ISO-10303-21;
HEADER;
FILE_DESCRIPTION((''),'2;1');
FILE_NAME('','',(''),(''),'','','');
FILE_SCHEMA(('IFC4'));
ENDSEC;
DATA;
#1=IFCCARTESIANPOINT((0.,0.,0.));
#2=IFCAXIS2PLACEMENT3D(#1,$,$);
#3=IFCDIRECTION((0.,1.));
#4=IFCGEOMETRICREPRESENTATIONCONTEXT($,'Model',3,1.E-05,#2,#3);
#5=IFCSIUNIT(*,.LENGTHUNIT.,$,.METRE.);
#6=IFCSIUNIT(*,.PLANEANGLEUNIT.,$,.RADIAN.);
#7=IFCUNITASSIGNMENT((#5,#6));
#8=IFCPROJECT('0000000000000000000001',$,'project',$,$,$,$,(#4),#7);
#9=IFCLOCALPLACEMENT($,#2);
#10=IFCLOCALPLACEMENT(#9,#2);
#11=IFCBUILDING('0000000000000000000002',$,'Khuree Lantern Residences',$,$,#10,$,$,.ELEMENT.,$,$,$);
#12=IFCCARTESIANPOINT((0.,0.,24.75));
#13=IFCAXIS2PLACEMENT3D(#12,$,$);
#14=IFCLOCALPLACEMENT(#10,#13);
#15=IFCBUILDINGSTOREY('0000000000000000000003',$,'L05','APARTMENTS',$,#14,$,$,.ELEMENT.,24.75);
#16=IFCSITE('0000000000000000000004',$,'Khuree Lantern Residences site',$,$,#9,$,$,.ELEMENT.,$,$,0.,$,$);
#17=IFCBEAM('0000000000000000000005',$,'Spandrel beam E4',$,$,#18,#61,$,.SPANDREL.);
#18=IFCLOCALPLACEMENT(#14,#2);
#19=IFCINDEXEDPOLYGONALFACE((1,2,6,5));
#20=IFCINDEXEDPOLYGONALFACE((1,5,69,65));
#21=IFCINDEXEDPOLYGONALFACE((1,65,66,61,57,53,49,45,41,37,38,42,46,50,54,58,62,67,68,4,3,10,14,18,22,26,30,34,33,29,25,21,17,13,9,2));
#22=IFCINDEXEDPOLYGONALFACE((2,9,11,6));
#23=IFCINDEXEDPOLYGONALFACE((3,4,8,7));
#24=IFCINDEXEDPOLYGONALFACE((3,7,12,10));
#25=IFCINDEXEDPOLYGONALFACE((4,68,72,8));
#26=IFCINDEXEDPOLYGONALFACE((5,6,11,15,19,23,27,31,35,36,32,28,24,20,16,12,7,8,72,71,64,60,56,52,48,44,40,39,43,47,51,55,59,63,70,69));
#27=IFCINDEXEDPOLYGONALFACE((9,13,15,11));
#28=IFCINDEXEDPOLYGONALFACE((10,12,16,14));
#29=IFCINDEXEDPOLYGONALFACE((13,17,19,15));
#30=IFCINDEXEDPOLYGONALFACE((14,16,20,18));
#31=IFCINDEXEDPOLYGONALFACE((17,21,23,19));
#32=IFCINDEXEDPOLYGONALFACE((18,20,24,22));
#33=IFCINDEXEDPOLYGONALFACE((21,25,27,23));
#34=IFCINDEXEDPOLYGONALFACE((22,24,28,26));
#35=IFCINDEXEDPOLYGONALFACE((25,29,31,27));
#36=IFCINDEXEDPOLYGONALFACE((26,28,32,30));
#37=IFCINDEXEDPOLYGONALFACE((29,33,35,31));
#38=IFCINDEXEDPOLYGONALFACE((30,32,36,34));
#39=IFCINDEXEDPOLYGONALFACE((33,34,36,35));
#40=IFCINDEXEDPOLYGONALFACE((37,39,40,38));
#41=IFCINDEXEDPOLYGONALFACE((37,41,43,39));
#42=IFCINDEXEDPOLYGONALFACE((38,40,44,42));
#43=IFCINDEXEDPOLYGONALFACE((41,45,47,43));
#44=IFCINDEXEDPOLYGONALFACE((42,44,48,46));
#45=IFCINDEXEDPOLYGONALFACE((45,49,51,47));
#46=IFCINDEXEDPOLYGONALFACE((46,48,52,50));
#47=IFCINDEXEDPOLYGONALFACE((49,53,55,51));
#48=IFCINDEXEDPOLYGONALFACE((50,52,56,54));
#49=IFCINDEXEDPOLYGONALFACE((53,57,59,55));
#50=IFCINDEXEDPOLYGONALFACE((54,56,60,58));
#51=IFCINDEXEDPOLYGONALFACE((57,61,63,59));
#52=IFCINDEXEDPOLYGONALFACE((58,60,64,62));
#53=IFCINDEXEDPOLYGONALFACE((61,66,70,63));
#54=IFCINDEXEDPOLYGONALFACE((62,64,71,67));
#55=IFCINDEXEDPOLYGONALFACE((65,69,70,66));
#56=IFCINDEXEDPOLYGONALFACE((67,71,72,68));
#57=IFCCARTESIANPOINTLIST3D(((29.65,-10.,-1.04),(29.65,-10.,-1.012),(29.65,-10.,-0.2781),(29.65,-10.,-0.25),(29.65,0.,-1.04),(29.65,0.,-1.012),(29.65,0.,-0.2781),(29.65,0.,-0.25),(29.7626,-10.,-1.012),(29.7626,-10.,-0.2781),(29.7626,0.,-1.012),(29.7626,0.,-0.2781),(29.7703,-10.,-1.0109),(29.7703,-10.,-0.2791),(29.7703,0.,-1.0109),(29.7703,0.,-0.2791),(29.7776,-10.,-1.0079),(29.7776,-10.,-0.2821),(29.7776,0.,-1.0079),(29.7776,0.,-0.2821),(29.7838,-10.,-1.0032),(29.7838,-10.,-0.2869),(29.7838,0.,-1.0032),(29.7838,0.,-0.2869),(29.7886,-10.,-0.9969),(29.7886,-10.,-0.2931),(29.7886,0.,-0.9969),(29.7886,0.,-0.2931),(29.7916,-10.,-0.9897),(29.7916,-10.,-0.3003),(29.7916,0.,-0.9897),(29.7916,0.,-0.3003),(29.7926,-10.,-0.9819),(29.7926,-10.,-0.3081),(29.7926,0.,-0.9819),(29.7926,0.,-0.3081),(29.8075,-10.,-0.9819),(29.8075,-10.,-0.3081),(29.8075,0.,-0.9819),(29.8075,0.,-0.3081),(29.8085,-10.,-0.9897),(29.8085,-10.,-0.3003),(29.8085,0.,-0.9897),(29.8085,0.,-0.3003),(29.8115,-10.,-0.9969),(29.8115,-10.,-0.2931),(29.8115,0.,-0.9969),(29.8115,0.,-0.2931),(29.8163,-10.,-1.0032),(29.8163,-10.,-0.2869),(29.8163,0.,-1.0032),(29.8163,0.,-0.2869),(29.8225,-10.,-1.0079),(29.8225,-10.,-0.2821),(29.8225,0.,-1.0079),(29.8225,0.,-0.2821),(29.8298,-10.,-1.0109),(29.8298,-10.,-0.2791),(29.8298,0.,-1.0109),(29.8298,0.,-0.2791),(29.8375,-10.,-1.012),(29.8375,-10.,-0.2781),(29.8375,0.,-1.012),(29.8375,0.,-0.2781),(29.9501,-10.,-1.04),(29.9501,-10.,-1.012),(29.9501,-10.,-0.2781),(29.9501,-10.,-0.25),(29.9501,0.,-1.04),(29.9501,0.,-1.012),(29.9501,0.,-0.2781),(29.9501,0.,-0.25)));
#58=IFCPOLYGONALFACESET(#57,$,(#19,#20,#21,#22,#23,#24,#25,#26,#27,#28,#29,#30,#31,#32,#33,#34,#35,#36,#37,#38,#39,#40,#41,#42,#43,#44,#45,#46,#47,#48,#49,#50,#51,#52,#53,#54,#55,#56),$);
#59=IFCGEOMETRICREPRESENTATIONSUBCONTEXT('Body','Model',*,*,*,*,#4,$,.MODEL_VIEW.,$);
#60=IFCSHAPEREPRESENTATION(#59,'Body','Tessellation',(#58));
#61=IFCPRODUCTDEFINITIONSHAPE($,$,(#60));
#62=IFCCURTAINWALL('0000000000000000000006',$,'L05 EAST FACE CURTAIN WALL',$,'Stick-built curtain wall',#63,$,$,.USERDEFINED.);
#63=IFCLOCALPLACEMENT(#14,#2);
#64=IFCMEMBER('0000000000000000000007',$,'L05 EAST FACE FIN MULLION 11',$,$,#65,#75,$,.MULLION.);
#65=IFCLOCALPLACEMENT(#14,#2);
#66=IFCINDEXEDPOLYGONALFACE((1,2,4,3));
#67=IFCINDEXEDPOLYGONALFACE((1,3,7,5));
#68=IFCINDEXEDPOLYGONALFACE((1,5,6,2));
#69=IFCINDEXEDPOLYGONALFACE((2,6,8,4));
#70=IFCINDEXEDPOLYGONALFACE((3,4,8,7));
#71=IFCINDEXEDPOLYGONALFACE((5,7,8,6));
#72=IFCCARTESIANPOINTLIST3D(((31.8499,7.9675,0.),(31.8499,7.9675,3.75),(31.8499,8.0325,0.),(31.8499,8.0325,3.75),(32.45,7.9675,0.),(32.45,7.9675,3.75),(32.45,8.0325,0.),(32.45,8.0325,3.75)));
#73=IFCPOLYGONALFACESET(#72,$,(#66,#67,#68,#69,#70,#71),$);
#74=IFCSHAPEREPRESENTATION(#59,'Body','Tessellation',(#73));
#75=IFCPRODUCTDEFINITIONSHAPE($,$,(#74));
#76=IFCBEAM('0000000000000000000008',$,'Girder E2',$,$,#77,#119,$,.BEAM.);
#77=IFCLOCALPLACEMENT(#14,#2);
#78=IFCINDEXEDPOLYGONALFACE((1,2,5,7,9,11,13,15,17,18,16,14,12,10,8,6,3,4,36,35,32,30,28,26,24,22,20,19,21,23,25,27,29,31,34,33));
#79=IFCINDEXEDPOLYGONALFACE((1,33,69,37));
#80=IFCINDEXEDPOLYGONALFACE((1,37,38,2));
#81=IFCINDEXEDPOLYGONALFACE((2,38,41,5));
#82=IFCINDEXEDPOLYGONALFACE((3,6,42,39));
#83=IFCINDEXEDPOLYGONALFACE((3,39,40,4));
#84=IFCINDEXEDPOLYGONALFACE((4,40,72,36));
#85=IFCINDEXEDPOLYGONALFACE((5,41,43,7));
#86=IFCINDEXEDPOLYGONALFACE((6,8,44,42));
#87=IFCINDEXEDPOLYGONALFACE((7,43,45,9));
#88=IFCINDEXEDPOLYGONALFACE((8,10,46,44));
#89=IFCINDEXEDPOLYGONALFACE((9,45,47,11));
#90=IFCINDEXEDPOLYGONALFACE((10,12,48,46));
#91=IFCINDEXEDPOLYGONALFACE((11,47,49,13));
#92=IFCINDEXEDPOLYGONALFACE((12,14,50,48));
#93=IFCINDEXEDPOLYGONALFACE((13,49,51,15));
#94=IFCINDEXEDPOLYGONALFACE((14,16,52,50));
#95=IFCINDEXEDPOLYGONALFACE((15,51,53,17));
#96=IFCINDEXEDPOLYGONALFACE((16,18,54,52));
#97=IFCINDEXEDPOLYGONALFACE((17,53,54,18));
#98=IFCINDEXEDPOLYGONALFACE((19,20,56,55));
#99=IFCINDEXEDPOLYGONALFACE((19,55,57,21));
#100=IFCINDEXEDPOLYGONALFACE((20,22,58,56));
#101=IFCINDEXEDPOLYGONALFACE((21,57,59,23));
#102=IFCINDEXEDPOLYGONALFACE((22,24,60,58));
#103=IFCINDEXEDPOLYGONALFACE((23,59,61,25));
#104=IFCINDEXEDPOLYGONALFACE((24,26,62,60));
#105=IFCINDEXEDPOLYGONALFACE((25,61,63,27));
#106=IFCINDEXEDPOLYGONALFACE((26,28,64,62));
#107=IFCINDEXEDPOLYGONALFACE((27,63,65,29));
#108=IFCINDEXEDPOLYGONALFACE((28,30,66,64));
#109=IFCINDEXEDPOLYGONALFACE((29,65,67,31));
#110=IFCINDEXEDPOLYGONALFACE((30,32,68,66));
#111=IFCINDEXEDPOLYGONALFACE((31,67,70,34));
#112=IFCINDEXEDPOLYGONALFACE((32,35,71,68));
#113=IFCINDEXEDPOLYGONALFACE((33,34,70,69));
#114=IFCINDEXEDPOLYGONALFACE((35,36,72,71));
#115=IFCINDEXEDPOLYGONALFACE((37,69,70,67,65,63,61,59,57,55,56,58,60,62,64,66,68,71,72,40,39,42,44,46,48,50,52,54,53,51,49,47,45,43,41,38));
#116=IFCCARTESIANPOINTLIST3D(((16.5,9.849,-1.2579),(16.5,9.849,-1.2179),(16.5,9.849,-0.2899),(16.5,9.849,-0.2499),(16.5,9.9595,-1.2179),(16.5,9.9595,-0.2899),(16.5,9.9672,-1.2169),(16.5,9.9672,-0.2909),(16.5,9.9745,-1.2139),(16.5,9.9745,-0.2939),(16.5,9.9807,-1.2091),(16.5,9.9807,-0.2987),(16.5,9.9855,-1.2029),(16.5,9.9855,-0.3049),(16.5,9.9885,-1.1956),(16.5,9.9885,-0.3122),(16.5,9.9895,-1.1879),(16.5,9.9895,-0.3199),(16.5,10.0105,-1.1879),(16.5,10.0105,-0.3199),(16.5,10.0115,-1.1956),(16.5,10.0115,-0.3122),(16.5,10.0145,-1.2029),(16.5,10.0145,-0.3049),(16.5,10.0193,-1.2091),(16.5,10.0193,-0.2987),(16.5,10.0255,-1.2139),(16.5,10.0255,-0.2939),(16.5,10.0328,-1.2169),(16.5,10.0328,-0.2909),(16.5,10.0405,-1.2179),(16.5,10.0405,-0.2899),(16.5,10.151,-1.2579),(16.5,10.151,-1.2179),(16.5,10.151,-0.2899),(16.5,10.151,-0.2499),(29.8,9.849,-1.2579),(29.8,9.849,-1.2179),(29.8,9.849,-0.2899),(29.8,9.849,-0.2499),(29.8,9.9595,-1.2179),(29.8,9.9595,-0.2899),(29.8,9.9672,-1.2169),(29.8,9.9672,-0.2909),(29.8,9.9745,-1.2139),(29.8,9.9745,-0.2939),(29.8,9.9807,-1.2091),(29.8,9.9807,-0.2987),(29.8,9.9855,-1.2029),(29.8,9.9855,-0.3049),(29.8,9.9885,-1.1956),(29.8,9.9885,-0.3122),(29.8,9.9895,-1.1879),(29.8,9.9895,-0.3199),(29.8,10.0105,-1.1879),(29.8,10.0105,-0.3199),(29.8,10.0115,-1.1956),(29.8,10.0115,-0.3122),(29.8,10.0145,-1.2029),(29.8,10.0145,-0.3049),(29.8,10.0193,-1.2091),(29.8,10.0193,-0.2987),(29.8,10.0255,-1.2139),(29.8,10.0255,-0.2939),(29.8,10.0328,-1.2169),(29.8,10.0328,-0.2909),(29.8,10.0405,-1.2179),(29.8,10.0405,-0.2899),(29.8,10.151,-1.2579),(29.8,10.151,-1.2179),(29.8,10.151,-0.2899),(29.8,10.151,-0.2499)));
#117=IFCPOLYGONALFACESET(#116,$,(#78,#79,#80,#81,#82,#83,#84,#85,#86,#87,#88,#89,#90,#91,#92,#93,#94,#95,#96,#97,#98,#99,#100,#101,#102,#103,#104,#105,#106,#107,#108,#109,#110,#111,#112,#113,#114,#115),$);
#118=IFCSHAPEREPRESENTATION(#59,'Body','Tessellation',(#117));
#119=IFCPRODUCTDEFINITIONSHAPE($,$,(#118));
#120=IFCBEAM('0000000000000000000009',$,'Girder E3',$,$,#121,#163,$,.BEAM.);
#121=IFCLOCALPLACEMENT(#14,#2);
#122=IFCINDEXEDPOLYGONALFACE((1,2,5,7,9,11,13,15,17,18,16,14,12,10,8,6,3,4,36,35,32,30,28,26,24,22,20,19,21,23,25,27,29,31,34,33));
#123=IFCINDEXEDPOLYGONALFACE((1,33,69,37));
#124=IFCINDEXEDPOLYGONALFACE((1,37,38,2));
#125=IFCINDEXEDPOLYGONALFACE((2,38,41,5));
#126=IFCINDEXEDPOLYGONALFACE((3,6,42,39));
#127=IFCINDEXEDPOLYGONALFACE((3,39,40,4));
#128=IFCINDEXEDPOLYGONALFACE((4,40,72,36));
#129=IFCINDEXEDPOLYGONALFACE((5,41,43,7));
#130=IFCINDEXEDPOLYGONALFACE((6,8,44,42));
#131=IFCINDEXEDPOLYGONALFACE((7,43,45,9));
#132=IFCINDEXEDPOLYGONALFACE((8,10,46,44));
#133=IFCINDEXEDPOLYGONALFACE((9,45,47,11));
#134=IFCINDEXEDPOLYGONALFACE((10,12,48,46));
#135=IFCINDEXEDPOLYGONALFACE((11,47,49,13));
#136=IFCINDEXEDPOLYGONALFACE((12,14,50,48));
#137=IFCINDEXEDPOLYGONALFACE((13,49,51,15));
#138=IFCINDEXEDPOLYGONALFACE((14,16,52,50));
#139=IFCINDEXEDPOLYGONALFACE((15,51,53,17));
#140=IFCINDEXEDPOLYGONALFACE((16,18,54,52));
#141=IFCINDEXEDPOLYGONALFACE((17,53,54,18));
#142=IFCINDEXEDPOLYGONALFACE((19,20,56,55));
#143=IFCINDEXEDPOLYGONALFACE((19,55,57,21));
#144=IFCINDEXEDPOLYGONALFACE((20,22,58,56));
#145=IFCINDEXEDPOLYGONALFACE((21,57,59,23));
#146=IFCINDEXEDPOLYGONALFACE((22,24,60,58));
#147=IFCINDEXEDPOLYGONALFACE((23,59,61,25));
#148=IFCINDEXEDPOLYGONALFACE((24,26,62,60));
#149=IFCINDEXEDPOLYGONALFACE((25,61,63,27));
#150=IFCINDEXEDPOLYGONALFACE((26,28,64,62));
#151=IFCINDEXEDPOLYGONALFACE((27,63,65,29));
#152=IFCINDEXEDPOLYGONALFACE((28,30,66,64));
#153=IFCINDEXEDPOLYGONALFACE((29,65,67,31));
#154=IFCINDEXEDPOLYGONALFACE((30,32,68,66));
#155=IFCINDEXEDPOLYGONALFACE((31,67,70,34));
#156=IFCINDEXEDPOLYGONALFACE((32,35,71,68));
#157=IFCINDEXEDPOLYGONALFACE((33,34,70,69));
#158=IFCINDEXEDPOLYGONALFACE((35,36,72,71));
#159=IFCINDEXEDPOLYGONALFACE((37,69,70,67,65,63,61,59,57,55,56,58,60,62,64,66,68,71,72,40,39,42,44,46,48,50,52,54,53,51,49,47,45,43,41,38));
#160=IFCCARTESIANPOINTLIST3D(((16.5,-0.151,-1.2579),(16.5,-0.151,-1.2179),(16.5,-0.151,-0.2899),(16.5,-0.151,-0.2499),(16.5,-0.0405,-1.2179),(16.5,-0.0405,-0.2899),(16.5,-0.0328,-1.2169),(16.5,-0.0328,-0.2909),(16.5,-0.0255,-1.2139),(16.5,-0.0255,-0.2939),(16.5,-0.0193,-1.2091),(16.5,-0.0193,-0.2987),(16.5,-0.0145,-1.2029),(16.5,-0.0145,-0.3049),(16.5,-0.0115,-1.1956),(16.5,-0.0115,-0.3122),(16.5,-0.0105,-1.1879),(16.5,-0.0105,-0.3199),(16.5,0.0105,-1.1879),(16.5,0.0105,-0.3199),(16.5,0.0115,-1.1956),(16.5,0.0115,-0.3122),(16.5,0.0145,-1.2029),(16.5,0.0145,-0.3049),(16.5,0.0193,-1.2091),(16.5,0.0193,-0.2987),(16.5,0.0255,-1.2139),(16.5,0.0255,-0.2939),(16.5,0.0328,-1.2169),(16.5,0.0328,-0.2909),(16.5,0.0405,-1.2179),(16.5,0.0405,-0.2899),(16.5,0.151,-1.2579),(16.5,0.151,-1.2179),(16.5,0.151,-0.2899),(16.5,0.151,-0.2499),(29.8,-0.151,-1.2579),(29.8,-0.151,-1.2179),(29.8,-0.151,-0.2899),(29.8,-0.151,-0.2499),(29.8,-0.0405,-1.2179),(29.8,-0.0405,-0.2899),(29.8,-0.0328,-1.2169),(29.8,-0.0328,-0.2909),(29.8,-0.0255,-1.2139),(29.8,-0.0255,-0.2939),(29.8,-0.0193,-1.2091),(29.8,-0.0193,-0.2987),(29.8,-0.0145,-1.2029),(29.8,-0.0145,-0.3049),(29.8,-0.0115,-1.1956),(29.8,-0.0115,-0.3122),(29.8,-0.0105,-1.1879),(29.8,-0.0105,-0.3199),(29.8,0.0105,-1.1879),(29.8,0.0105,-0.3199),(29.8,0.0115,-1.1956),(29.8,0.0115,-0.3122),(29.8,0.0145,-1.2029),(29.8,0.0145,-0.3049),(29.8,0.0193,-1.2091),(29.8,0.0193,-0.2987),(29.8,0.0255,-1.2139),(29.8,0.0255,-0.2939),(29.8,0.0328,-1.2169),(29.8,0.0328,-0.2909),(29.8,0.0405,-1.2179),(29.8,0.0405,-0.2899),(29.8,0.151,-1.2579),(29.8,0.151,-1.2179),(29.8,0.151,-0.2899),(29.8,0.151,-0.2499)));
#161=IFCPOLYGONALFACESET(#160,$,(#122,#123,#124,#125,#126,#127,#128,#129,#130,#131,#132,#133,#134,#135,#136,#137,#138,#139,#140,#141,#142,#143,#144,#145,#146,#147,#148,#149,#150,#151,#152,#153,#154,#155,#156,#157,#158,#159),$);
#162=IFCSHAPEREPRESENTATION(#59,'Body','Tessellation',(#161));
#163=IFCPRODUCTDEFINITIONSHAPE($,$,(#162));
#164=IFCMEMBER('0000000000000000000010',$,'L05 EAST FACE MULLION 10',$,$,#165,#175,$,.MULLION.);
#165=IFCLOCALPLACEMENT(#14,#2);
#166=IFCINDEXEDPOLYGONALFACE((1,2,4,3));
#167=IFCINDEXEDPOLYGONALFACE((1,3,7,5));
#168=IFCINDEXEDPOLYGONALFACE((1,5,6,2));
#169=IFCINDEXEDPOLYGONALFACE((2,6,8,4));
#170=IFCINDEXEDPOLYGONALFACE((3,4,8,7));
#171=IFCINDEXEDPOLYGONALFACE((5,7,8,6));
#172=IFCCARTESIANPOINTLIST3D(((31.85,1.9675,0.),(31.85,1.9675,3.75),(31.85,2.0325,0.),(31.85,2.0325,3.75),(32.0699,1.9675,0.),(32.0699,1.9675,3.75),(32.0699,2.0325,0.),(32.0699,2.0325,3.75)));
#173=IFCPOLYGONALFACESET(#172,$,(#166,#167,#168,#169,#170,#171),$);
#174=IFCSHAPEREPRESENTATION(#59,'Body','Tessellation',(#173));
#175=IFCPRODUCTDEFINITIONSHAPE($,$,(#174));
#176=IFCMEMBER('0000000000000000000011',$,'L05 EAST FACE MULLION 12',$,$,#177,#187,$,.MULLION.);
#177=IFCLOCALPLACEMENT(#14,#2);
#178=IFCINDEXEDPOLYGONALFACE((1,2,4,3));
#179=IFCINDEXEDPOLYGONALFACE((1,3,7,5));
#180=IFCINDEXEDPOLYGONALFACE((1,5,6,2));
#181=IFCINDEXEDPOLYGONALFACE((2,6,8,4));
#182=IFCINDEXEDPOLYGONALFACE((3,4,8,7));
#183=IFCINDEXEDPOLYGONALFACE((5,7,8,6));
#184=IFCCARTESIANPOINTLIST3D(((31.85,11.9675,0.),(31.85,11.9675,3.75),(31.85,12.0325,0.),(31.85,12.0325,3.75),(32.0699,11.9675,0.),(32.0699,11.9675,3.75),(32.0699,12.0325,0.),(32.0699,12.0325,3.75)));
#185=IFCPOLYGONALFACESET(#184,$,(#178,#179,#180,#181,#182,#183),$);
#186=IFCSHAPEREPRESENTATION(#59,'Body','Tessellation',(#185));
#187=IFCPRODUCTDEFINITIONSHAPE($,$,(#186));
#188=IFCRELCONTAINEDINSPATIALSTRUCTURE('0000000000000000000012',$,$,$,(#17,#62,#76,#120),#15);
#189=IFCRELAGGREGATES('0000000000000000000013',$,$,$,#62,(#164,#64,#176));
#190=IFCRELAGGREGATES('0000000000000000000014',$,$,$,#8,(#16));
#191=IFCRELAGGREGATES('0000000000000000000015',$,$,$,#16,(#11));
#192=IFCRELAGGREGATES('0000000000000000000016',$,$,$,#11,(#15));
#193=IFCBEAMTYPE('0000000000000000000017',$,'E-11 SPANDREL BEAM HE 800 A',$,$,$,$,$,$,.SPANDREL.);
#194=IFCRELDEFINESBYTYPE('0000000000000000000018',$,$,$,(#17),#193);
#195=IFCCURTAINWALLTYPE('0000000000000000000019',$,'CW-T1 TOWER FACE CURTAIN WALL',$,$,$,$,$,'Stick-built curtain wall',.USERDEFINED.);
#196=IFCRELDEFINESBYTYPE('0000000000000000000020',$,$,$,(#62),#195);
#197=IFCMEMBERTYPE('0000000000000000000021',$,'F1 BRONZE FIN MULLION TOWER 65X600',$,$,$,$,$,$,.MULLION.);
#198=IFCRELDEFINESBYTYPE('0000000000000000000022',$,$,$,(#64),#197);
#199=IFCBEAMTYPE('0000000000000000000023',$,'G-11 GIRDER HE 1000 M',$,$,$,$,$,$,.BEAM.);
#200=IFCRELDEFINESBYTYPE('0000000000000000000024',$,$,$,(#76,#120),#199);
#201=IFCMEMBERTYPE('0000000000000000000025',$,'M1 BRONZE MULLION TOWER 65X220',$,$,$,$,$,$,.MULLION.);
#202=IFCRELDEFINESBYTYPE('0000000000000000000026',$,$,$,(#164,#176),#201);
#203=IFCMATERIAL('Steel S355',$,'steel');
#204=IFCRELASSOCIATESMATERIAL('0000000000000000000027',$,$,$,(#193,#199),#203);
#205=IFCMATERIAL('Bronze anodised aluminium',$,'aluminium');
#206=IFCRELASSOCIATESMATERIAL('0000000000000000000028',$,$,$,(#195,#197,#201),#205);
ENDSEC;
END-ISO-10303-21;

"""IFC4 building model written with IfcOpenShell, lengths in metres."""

from ifc_helpers import new_model, si_unit, direction, frame, origin, origin_2d, place, context, subcontext, project, spatial, rectangle, i_section, extrude, material, material_profile, profile_set, type_object, element, aggregate, save


model = new_model("IFC4")

# Units and contexts
model_context = context("Model", 3, precision=1e-05, world=origin(), true_north=direction((0.0, 1.0)))
body_context = subcontext(model_context, "Body", "Model", "MODEL_VIEW")
ifc_project = project(units=[si_unit("LENGTHUNIT", "METRE"), si_unit("PLANEANGLEUNIT", "RADIAN")], contexts=[model_context])

# Site, building, storey
site_placement = place(None, origin())
site = spatial("IfcSite", under=ifc_project, at=site_placement, Name="Khuree Lantern Residences site", CompositionType="ELEMENT", RefElevation=0.0)
building_placement = place(site_placement, origin())
building = spatial("IfcBuilding", under=site, at=building_placement, Name="Khuree Lantern Residences", CompositionType="ELEMENT")
storey_placement = place(building_placement, frame((0.0, 0.0, 24.75)))
storey = spatial("IfcBuildingStorey", under=building, at=storey_placement, Name="L05", Description="APARTMENTS", CompositionType="ELEMENT", Elevation=24.75)

# Beam
ifc_material_1 = material(Name="Steel S355", Category="steel")
ifc_material_profile_1 = material_profile(ifc_material_1, i_section(OverallWidth=0.3, OverallDepth=0.79, WebThickness=0.0149, FlangeThickness=0.0281, FilletRadius=0.03, at=origin_2d()), Name="HE 800 A")
ifc_profile_set_1 = profile_set([ifc_material_profile_1], Name="Steel S355")
beam_type_1 = type_object("IfcBeamType", Name="E-11 SPANDREL BEAM HE 800 A", PredefinedType="SPANDREL", material=ifc_profile_set_1)
for number, where, z_axis, x_axis, name in (
    (1, (29.8, 0.0, -0.645), (0.0, -1.0, 0.0), (1.0, 0.0, 0.0), "Spandrel beam E4"),
):
    element("IfcBeam", number, at=place(storey_placement, frame(where, z_axis=z_axis, x_axis=x_axis)), inside=storey, type_object=beam_type_1, Name=name, PredefinedType="SPANDREL", context=body_context, shape_type="SweptSolid", body=[
        extrude(i_section(OverallWidth=0.3, OverallDepth=0.79, WebThickness=0.0149, FlangeThickness=0.0281, FilletRadius=0.03, at=origin_2d()), origin(), (0.0, 0.0, 1.0), 10.0),
    ])

# Curtain wall, member
ifc_material_2 = material(Name="Bronze anodised aluminium", Category="aluminium")
curtain_wall_type = type_object("IfcCurtainWallType", Name="CW-T1 TOWER FACE CURTAIN WALL", ElementType="Stick-built curtain wall", PredefinedType="USERDEFINED", material=ifc_material_2)
curtain_wall_placement = place(storey_placement, origin())
curtain_wall = element("IfcCurtainWall", 2, at=curtain_wall_placement, inside=storey, type_object=curtain_wall_type, Name="L05 EAST FACE CURTAIN WALL", ObjectType="Stick-built curtain wall", PredefinedType="USERDEFINED")
ifc_material_profile_2 = material_profile(ifc_material_2, rectangle(XDim=0.0649, YDim=0.6001, at=origin_2d()), Name="F1 65X600")
ifc_profile_set_2 = profile_set([ifc_material_profile_2], Name="Bronze anodised aluminium")
member_type_1 = type_object("IfcMemberType", Name="F1 BRONZE FIN MULLION TOWER 65X600", PredefinedType="MULLION", material=ifc_profile_set_2)
member_1_placement = place(storey_placement, frame((32.1499, 8.0, 0.0), z_axis=(0.0, 0.0, 1.0), x_axis=(0.0, 1.0, 0.0)))
member_1 = element("IfcMember", 3, at=member_1_placement, type_object=member_type_1, Name="L05 EAST FACE FIN MULLION 11", PredefinedType="MULLION", context=body_context, shape_type="SweptSolid", body=[
    extrude(rectangle(XDim=0.0649, YDim=0.6001, at=origin_2d()), origin(), (0.0, 0.0, 1.0), 3.75),
])

# Beams
ifc_material_profile_3 = material_profile(ifc_material_1, i_section(OverallWidth=0.302, OverallDepth=1.0081, WebThickness=0.021, FlangeThickness=0.04, FilletRadius=0.03, at=origin_2d()), Name="HE 1000 M")
ifc_profile_set_3 = profile_set([ifc_material_profile_3], Name="Steel S355")
beam_type_2 = type_object("IfcBeamType", Name="G-11 GIRDER HE 1000 M", PredefinedType="BEAM", material=ifc_profile_set_3)
for number, where, z_axis, x_axis, name in (
    (4, (29.8, 10.0, -0.7539), (-1.0, 0.0, 0.0), (0.0, -1.0, 0.0), "Girder E2"),
    (5, (29.8, 0.0, -0.7539), (-1.0, 0.0, 0.0), (0.0, -1.0, 0.0), "Girder E3"),
):
    element("IfcBeam", number, at=place(storey_placement, frame(where, z_axis=z_axis, x_axis=x_axis)), inside=storey, type_object=beam_type_2, Name=name, PredefinedType="BEAM", context=body_context, shape_type="SweptSolid", body=[
        extrude(i_section(OverallWidth=0.302, OverallDepth=1.0081, WebThickness=0.021, FlangeThickness=0.04, FilletRadius=0.03, at=origin_2d()), origin(), (0.0, 0.0, 1.0), 13.3),
    ])

# Members
ifc_material_profile_4 = material_profile(ifc_material_2, rectangle(XDim=0.0649, YDim=0.22, at=origin_2d()), Name="M1 65X220")
ifc_profile_set_4 = profile_set([ifc_material_profile_4], Name="Bronze anodised aluminium")
member_type_2 = type_object("IfcMemberType", Name="M1 BRONZE MULLION TOWER 65X220", PredefinedType="MULLION", material=ifc_profile_set_4)
member_2_placement = place(storey_placement, frame((31.96, 2.0, 0.0), z_axis=(0.0, 0.0, 1.0), x_axis=(0.0, 1.0, 0.0)))
member_2 = element("IfcMember", 6, at=member_2_placement, type_object=member_type_2, Name="L05 EAST FACE MULLION 10", PredefinedType="MULLION", context=body_context, shape_type="SweptSolid", body=[
    extrude(rectangle(XDim=0.0649, YDim=0.22, at=origin_2d()), origin(), (0.0, 0.0, 1.0), 3.75),
])
member_3_placement = place(storey_placement, frame((31.96, 12.0, 0.0), z_axis=(0.0, 0.0, 1.0), x_axis=(0.0, 1.0, 0.0)))
member_3 = element("IfcMember", 7, at=member_3_placement, type_object=member_type_2, Name="L05 EAST FACE MULLION 12", PredefinedType="MULLION", context=body_context, shape_type="SweptSolid", body=[
    extrude(rectangle(XDim=0.0649, YDim=0.22, at=origin_2d()), origin(), (0.0, 0.0, 1.0), 3.75),
])

aggregate(curtain_wall, [member_2, member_1, member_3])

save(model, "model.ifc")
